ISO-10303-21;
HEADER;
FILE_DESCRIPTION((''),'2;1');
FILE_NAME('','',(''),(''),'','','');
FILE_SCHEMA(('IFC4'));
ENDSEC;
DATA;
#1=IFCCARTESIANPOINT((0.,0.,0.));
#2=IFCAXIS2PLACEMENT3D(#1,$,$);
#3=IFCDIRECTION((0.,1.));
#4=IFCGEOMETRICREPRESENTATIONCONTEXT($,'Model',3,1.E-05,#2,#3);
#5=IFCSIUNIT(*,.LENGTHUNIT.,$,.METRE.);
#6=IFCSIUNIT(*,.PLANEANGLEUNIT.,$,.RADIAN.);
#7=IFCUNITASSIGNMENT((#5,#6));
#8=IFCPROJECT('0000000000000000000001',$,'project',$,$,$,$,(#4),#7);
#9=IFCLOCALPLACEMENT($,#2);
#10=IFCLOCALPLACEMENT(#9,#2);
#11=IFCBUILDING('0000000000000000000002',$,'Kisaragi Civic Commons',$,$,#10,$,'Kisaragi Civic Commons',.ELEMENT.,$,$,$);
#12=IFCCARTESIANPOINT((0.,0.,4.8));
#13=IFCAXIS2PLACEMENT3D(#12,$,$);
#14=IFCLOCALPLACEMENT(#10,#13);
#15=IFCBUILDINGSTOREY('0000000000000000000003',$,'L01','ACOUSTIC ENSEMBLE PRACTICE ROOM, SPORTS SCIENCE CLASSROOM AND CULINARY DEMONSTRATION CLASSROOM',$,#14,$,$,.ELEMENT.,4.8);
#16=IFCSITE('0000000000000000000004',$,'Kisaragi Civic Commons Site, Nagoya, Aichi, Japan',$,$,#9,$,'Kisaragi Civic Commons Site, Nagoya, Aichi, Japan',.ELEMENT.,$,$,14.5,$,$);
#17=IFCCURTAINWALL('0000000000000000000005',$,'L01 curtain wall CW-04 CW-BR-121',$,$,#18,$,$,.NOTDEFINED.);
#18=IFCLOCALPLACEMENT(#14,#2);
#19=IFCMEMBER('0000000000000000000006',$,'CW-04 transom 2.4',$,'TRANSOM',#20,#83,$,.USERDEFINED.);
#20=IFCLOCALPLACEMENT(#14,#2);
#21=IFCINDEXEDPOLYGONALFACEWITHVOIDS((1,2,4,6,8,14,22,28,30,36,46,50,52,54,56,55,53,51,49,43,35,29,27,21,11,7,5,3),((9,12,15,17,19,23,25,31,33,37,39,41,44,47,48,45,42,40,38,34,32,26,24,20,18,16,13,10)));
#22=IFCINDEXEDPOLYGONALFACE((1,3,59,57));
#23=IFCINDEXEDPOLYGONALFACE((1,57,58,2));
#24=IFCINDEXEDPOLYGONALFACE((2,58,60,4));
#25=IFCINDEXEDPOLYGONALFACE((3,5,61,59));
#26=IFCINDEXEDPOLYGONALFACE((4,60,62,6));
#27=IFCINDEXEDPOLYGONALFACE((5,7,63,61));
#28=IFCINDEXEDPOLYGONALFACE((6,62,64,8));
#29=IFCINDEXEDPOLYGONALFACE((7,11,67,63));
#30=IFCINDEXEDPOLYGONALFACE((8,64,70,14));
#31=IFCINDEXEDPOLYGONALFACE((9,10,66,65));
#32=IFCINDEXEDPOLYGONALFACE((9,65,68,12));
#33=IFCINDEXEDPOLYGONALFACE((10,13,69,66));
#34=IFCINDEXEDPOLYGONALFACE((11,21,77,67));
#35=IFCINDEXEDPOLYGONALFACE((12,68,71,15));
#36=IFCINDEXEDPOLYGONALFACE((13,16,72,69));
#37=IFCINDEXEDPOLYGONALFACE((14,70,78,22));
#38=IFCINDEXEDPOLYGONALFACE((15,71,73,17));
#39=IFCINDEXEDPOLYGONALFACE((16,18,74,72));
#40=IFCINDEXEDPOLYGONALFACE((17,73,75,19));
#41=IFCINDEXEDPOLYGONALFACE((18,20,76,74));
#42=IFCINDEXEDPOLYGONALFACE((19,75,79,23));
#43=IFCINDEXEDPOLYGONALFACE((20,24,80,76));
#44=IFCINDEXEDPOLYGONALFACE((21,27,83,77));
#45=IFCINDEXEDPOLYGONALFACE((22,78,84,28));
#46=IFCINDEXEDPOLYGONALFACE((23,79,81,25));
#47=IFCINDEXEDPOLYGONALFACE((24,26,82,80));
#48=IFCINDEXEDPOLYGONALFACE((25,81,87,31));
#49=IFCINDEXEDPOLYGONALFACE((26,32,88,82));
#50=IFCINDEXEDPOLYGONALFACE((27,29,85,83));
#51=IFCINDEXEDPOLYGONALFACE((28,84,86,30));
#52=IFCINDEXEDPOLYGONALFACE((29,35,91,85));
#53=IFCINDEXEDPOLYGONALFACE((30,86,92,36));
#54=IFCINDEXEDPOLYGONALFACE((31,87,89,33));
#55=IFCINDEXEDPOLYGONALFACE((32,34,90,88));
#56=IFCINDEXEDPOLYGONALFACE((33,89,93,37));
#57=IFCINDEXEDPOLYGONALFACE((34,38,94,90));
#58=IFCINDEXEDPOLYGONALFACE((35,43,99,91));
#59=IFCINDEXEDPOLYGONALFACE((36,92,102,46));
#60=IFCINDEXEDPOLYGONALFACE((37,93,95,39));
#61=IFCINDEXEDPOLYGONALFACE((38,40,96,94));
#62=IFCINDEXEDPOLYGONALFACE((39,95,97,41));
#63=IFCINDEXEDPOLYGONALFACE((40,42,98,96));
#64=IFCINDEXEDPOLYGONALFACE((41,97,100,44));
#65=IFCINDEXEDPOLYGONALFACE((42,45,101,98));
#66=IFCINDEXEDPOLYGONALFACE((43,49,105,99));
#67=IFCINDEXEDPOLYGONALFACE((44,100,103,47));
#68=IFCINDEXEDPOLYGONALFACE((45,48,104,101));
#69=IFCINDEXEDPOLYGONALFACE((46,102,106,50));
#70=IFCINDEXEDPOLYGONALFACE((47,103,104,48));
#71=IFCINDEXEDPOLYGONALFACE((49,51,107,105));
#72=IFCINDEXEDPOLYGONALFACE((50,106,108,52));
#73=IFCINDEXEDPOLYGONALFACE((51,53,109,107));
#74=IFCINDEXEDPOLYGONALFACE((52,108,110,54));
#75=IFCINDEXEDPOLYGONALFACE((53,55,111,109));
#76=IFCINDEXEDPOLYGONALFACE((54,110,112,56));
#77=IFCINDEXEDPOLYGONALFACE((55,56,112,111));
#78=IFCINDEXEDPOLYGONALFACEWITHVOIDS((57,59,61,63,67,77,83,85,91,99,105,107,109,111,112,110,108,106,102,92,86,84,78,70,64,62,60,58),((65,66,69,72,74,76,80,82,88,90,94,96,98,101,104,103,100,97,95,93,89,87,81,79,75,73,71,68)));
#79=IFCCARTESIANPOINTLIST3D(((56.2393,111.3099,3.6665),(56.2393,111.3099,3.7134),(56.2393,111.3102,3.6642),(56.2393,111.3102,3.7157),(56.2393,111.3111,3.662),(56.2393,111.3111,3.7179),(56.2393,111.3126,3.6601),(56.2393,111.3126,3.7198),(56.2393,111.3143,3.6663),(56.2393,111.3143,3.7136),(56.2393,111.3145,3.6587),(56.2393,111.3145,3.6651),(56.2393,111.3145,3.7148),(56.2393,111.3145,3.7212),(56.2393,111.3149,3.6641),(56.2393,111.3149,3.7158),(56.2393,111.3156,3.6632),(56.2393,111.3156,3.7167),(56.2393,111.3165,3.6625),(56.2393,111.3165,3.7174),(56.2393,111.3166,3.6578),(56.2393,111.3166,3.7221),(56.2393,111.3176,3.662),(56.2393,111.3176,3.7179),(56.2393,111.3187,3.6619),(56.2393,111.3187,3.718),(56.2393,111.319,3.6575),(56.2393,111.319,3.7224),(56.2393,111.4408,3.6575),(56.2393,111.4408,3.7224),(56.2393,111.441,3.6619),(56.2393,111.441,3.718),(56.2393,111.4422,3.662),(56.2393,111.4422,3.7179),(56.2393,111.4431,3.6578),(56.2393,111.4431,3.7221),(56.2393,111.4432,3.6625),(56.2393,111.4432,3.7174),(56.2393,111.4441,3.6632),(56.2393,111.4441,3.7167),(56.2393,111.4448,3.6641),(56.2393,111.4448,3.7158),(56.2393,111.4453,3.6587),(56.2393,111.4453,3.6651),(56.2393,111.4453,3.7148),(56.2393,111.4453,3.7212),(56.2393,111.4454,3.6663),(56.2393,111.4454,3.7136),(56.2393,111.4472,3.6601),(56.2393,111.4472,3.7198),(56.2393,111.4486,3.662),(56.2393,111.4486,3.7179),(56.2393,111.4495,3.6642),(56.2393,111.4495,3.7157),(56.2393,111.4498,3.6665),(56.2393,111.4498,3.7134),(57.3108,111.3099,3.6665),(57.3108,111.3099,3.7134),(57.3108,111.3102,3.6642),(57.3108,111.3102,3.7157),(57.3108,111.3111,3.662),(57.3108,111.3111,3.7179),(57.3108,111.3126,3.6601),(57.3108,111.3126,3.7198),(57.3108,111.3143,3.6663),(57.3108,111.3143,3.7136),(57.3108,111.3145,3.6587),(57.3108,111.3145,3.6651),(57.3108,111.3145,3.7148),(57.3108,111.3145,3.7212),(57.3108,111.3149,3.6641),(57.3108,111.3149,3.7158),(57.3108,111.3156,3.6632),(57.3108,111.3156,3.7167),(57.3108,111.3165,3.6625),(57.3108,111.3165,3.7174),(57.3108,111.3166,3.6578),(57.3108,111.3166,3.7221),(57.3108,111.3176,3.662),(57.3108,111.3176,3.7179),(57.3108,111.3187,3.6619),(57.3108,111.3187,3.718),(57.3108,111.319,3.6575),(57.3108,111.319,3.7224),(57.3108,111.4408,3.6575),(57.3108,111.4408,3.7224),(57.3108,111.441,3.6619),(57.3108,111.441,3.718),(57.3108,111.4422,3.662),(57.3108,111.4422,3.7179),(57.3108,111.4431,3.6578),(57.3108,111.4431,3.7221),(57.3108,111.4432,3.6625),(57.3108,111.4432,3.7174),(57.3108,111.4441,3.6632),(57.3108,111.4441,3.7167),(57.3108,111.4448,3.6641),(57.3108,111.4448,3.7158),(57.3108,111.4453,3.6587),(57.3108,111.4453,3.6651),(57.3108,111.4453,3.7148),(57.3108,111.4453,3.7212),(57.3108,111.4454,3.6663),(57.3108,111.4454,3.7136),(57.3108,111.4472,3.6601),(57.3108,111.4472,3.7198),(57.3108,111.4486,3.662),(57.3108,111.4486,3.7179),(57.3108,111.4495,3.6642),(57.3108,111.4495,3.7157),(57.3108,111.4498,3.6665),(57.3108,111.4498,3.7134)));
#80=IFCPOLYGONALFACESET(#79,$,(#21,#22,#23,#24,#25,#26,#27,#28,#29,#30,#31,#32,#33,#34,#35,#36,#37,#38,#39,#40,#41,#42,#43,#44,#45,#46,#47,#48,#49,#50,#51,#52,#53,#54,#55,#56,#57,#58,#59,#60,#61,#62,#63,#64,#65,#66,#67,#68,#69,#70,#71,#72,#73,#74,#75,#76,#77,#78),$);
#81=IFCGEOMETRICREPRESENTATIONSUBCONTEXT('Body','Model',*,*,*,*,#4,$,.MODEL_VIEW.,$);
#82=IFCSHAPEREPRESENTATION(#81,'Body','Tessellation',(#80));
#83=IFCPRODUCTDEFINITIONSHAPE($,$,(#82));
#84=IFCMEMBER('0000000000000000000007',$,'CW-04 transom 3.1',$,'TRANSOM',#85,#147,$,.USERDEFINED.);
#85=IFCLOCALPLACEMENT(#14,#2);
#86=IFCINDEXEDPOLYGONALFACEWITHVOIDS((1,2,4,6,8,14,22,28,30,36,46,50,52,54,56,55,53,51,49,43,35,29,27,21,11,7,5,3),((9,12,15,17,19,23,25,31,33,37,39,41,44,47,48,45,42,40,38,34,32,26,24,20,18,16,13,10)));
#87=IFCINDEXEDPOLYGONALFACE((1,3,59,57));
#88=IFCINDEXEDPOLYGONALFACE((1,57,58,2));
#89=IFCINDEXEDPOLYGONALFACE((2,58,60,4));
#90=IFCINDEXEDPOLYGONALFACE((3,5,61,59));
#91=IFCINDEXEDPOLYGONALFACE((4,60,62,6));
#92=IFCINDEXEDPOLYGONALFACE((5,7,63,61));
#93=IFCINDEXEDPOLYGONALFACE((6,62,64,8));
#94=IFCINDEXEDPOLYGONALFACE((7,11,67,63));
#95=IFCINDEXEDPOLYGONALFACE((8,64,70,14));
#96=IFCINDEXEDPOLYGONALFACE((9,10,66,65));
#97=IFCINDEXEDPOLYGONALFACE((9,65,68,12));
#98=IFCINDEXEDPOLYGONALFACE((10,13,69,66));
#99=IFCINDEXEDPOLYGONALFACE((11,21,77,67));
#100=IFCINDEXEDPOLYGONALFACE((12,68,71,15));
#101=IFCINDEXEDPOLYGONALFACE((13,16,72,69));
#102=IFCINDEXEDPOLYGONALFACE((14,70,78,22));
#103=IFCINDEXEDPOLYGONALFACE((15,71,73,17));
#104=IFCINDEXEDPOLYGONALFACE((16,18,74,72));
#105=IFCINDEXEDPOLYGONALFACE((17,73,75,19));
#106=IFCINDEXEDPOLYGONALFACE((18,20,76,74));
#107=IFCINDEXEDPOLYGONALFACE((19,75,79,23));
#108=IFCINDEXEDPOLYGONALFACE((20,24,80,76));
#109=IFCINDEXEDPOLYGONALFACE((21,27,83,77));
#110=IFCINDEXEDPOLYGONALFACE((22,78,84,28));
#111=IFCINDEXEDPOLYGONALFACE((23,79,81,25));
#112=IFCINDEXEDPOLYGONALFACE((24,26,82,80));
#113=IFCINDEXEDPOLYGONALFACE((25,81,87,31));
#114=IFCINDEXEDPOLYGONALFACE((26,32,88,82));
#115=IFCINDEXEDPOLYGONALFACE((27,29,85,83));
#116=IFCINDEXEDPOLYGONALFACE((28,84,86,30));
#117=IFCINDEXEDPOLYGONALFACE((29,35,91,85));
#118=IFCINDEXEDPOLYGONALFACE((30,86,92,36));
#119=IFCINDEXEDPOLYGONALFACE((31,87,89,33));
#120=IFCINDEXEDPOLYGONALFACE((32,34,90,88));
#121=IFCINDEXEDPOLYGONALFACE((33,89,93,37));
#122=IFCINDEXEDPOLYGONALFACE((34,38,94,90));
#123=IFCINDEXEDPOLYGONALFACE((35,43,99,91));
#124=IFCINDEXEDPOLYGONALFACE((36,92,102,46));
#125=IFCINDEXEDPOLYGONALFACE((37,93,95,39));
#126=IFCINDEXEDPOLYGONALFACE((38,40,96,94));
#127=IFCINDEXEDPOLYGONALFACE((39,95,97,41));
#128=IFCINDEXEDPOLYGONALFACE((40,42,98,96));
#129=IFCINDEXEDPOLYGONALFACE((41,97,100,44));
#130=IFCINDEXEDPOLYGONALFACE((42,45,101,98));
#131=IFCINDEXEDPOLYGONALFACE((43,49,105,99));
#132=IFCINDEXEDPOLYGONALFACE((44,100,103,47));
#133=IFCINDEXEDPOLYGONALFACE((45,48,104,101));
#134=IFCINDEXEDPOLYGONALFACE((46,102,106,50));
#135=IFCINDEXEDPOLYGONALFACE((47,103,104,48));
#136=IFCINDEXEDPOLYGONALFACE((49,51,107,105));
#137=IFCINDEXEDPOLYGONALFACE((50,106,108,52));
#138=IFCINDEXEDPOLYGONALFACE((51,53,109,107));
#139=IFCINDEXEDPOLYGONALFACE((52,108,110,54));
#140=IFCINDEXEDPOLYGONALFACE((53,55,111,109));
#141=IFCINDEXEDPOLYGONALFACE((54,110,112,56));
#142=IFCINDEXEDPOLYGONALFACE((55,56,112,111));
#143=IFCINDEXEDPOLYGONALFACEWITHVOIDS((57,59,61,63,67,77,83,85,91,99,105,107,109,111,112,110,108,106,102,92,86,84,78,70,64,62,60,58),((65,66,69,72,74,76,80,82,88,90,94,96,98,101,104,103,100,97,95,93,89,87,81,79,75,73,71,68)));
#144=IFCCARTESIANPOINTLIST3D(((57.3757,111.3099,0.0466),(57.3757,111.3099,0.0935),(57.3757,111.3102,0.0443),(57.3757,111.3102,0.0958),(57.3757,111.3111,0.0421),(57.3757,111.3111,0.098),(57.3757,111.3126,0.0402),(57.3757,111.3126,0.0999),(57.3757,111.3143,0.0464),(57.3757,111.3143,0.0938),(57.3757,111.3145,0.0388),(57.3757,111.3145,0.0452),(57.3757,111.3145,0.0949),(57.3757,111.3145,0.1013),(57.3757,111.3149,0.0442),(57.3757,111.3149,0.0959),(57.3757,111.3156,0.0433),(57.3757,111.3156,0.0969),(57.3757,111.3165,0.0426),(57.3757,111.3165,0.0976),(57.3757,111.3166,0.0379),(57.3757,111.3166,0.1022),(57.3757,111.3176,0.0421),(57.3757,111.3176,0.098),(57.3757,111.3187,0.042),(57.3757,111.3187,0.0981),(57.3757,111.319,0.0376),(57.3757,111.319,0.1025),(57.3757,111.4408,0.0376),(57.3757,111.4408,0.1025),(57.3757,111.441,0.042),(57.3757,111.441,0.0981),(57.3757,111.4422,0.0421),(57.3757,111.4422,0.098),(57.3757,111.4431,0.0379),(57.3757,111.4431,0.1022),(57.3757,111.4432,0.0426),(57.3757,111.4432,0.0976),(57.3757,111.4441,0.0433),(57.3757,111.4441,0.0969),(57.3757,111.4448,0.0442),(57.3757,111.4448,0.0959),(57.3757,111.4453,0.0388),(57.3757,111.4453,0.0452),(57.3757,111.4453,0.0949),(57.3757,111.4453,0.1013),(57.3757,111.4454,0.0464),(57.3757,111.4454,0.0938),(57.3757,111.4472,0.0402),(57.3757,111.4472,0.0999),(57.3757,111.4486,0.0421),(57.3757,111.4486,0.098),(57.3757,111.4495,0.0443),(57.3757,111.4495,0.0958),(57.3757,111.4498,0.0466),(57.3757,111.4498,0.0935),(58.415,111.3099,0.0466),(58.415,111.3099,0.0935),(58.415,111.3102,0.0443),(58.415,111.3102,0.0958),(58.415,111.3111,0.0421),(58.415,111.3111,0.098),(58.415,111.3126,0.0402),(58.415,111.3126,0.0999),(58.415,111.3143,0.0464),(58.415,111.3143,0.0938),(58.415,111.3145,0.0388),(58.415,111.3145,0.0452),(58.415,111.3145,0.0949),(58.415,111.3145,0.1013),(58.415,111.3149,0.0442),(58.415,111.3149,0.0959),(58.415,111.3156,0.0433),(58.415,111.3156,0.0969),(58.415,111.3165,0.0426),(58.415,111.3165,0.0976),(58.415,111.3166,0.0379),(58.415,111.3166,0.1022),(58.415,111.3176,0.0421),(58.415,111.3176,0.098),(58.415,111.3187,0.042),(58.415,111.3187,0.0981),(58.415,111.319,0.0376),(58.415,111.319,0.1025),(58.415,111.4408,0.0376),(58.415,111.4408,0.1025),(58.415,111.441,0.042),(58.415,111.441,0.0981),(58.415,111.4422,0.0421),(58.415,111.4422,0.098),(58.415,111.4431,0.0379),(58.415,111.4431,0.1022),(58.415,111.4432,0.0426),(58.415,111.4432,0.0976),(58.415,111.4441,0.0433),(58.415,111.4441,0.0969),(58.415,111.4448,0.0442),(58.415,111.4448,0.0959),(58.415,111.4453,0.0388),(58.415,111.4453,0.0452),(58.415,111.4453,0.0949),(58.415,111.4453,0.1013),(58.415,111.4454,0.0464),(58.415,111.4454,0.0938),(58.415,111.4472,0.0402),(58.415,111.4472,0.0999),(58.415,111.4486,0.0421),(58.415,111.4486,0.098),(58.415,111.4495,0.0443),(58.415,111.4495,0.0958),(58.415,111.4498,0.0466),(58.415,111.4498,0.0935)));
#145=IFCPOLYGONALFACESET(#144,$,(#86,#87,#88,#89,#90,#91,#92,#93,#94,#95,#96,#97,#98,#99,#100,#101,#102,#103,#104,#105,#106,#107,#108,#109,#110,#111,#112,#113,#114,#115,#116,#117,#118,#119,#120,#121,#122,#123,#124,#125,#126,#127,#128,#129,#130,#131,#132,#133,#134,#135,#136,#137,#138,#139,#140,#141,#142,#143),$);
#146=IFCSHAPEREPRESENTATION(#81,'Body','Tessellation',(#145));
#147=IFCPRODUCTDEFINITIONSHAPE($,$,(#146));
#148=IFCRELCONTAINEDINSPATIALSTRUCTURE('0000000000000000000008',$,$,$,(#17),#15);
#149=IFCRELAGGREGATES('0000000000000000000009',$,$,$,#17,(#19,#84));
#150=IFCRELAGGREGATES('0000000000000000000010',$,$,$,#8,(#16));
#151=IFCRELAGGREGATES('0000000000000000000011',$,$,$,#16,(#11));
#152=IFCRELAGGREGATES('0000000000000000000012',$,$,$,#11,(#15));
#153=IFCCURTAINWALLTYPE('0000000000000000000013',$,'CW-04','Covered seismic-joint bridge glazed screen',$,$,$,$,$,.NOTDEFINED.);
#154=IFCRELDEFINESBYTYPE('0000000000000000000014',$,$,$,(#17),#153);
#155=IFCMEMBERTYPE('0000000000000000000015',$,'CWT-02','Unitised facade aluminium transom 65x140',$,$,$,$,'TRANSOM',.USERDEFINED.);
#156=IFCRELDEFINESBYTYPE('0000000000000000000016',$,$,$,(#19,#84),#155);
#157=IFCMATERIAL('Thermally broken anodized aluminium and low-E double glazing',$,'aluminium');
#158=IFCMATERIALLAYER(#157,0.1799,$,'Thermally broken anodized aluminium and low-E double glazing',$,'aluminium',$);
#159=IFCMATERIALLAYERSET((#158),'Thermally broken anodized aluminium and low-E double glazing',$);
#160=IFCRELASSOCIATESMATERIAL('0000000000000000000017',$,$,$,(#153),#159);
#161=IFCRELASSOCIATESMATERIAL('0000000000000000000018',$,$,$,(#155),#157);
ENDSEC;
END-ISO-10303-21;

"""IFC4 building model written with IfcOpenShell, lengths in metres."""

from ifc_helpers import new_model, si_unit, direction, frame, origin, origin_2d, place, context, subcontext, project, spatial, hollow_rectangle, extrude, material, layer, layer_set, material_profile, profile_set, type_object, element, aggregate, save


model = new_model("IFC4")

# Units and contexts
model_context = context("Model", 3, precision=1e-05, world=origin(), true_north=direction((0.0, 1.0)))
body_context = subcontext(model_context, "Body", "Model", "MODEL_VIEW")
ifc_project = project(units=[si_unit("LENGTHUNIT", "METRE"), si_unit("PLANEANGLEUNIT", "RADIAN")], contexts=[model_context])

# Site, building, storey
site_placement = place(None, origin())
site = spatial("IfcSite", under=ifc_project, at=site_placement, Name="Kisaragi Civic Commons Site, Nagoya, Aichi, Japan", LongName="Kisaragi Civic Commons Site, Nagoya, Aichi, Japan", CompositionType="ELEMENT", RefElevation=14.5)
building_placement = place(site_placement, origin())
building = spatial("IfcBuilding", under=site, at=building_placement, Name="Kisaragi Civic Commons", LongName="Kisaragi Civic Commons", CompositionType="ELEMENT")
storey_placement = place(building_placement, frame((0.0, 0.0, 4.8)))
storey = spatial("IfcBuildingStorey", under=building, at=storey_placement, Name="L01", Description="ACOUSTIC ENSEMBLE PRACTICE ROOM, SPORTS SCIENCE CLASSROOM AND CULINARY DEMONSTRATION CLASSROOM", CompositionType="ELEMENT", Elevation=4.8)

# Curtain wall, members
ifc_material = material(Name="Thermally broken anodized aluminium and low-E double glazing", Category="aluminium")
ifc_layer_1 = layer(ifc_material, 0.1799, Name="Thermally broken anodized aluminium and low-E double glazing", Category="aluminium")
ifc_layer_set_1 = layer_set([ifc_layer_1], Name="Thermally broken anodized aluminium and low-E double glazing")
curtain_wall_type = type_object("IfcCurtainWallType", Name="CW-04", Description="Covered seismic-joint bridge glazed screen", PredefinedType="NOTDEFINED", material=ifc_layer_set_1)
curtain_wall_1_placement = place(storey_placement, origin())
curtain_wall_1 = element("IfcCurtainWall", 1, at=curtain_wall_1_placement, inside=storey, type_object=curtain_wall_type, Name="L01 curtain wall CW-04 CW-BR-121", PredefinedType="NOTDEFINED")
ifc_material_profile_1 = material_profile(ifc_material, hollow_rectangle(XDim=0.1399, YDim=0.0649, WallThickness=0.0044, InnerFilletRadius=0.0044, OuterFilletRadius=0.009, at=origin_2d()), Name="CWT-65x140x4.5", Category="aluminium")
ifc_profile_set_1 = profile_set([ifc_material_profile_1], Name="Thermally broken anodized aluminium and low-E double glazing")
member_type_1 = type_object("IfcMemberType", Name="CWT-02", Description="Unitised facade aluminium transom 65x140", ElementType="TRANSOM", PredefinedType="USERDEFINED", material=ifc_profile_set_1)
member_1_placement = place(storey_placement, frame((56.2393, 111.3799, 3.6899), z_axis=(1.0, 0.0, 0.0), x_axis=(0.0, 1.0, 0.0)))
member_1 = element("IfcMember", 2, at=member_1_placement, type_object=member_type_1, Name="CW-04 transom 2.4", ObjectType="TRANSOM", PredefinedType="USERDEFINED", context=body_context, shape_type="SweptSolid", body=[
    extrude(hollow_rectangle(XDim=0.1399, YDim=0.0649, WallThickness=0.0044, InnerFilletRadius=0.0044, OuterFilletRadius=0.009, at=origin_2d()), origin(), (0.0, 0.0, 1.0), 1.0715),
])
member_2_placement = place(storey_placement, frame((57.3757, 111.3799, 0.0701), z_axis=(1.0, 0.0, 0.0), x_axis=(0.0, 1.0, 0.0)))
member_2 = element("IfcMember", 3, at=member_2_placement, type_object=member_type_1, Name="CW-04 transom 3.1", ObjectType="TRANSOM", PredefinedType="USERDEFINED", context=body_context, shape_type="SweptSolid", body=[
    extrude(hollow_rectangle(XDim=0.1399, YDim=0.0649, WallThickness=0.0044, InnerFilletRadius=0.0044, OuterFilletRadius=0.009, at=origin_2d()), origin(), (0.0, 0.0, 1.0), 1.0393),
])

aggregate(curtain_wall_1, [member_1, member_2])

save(model, "model.ifc")
